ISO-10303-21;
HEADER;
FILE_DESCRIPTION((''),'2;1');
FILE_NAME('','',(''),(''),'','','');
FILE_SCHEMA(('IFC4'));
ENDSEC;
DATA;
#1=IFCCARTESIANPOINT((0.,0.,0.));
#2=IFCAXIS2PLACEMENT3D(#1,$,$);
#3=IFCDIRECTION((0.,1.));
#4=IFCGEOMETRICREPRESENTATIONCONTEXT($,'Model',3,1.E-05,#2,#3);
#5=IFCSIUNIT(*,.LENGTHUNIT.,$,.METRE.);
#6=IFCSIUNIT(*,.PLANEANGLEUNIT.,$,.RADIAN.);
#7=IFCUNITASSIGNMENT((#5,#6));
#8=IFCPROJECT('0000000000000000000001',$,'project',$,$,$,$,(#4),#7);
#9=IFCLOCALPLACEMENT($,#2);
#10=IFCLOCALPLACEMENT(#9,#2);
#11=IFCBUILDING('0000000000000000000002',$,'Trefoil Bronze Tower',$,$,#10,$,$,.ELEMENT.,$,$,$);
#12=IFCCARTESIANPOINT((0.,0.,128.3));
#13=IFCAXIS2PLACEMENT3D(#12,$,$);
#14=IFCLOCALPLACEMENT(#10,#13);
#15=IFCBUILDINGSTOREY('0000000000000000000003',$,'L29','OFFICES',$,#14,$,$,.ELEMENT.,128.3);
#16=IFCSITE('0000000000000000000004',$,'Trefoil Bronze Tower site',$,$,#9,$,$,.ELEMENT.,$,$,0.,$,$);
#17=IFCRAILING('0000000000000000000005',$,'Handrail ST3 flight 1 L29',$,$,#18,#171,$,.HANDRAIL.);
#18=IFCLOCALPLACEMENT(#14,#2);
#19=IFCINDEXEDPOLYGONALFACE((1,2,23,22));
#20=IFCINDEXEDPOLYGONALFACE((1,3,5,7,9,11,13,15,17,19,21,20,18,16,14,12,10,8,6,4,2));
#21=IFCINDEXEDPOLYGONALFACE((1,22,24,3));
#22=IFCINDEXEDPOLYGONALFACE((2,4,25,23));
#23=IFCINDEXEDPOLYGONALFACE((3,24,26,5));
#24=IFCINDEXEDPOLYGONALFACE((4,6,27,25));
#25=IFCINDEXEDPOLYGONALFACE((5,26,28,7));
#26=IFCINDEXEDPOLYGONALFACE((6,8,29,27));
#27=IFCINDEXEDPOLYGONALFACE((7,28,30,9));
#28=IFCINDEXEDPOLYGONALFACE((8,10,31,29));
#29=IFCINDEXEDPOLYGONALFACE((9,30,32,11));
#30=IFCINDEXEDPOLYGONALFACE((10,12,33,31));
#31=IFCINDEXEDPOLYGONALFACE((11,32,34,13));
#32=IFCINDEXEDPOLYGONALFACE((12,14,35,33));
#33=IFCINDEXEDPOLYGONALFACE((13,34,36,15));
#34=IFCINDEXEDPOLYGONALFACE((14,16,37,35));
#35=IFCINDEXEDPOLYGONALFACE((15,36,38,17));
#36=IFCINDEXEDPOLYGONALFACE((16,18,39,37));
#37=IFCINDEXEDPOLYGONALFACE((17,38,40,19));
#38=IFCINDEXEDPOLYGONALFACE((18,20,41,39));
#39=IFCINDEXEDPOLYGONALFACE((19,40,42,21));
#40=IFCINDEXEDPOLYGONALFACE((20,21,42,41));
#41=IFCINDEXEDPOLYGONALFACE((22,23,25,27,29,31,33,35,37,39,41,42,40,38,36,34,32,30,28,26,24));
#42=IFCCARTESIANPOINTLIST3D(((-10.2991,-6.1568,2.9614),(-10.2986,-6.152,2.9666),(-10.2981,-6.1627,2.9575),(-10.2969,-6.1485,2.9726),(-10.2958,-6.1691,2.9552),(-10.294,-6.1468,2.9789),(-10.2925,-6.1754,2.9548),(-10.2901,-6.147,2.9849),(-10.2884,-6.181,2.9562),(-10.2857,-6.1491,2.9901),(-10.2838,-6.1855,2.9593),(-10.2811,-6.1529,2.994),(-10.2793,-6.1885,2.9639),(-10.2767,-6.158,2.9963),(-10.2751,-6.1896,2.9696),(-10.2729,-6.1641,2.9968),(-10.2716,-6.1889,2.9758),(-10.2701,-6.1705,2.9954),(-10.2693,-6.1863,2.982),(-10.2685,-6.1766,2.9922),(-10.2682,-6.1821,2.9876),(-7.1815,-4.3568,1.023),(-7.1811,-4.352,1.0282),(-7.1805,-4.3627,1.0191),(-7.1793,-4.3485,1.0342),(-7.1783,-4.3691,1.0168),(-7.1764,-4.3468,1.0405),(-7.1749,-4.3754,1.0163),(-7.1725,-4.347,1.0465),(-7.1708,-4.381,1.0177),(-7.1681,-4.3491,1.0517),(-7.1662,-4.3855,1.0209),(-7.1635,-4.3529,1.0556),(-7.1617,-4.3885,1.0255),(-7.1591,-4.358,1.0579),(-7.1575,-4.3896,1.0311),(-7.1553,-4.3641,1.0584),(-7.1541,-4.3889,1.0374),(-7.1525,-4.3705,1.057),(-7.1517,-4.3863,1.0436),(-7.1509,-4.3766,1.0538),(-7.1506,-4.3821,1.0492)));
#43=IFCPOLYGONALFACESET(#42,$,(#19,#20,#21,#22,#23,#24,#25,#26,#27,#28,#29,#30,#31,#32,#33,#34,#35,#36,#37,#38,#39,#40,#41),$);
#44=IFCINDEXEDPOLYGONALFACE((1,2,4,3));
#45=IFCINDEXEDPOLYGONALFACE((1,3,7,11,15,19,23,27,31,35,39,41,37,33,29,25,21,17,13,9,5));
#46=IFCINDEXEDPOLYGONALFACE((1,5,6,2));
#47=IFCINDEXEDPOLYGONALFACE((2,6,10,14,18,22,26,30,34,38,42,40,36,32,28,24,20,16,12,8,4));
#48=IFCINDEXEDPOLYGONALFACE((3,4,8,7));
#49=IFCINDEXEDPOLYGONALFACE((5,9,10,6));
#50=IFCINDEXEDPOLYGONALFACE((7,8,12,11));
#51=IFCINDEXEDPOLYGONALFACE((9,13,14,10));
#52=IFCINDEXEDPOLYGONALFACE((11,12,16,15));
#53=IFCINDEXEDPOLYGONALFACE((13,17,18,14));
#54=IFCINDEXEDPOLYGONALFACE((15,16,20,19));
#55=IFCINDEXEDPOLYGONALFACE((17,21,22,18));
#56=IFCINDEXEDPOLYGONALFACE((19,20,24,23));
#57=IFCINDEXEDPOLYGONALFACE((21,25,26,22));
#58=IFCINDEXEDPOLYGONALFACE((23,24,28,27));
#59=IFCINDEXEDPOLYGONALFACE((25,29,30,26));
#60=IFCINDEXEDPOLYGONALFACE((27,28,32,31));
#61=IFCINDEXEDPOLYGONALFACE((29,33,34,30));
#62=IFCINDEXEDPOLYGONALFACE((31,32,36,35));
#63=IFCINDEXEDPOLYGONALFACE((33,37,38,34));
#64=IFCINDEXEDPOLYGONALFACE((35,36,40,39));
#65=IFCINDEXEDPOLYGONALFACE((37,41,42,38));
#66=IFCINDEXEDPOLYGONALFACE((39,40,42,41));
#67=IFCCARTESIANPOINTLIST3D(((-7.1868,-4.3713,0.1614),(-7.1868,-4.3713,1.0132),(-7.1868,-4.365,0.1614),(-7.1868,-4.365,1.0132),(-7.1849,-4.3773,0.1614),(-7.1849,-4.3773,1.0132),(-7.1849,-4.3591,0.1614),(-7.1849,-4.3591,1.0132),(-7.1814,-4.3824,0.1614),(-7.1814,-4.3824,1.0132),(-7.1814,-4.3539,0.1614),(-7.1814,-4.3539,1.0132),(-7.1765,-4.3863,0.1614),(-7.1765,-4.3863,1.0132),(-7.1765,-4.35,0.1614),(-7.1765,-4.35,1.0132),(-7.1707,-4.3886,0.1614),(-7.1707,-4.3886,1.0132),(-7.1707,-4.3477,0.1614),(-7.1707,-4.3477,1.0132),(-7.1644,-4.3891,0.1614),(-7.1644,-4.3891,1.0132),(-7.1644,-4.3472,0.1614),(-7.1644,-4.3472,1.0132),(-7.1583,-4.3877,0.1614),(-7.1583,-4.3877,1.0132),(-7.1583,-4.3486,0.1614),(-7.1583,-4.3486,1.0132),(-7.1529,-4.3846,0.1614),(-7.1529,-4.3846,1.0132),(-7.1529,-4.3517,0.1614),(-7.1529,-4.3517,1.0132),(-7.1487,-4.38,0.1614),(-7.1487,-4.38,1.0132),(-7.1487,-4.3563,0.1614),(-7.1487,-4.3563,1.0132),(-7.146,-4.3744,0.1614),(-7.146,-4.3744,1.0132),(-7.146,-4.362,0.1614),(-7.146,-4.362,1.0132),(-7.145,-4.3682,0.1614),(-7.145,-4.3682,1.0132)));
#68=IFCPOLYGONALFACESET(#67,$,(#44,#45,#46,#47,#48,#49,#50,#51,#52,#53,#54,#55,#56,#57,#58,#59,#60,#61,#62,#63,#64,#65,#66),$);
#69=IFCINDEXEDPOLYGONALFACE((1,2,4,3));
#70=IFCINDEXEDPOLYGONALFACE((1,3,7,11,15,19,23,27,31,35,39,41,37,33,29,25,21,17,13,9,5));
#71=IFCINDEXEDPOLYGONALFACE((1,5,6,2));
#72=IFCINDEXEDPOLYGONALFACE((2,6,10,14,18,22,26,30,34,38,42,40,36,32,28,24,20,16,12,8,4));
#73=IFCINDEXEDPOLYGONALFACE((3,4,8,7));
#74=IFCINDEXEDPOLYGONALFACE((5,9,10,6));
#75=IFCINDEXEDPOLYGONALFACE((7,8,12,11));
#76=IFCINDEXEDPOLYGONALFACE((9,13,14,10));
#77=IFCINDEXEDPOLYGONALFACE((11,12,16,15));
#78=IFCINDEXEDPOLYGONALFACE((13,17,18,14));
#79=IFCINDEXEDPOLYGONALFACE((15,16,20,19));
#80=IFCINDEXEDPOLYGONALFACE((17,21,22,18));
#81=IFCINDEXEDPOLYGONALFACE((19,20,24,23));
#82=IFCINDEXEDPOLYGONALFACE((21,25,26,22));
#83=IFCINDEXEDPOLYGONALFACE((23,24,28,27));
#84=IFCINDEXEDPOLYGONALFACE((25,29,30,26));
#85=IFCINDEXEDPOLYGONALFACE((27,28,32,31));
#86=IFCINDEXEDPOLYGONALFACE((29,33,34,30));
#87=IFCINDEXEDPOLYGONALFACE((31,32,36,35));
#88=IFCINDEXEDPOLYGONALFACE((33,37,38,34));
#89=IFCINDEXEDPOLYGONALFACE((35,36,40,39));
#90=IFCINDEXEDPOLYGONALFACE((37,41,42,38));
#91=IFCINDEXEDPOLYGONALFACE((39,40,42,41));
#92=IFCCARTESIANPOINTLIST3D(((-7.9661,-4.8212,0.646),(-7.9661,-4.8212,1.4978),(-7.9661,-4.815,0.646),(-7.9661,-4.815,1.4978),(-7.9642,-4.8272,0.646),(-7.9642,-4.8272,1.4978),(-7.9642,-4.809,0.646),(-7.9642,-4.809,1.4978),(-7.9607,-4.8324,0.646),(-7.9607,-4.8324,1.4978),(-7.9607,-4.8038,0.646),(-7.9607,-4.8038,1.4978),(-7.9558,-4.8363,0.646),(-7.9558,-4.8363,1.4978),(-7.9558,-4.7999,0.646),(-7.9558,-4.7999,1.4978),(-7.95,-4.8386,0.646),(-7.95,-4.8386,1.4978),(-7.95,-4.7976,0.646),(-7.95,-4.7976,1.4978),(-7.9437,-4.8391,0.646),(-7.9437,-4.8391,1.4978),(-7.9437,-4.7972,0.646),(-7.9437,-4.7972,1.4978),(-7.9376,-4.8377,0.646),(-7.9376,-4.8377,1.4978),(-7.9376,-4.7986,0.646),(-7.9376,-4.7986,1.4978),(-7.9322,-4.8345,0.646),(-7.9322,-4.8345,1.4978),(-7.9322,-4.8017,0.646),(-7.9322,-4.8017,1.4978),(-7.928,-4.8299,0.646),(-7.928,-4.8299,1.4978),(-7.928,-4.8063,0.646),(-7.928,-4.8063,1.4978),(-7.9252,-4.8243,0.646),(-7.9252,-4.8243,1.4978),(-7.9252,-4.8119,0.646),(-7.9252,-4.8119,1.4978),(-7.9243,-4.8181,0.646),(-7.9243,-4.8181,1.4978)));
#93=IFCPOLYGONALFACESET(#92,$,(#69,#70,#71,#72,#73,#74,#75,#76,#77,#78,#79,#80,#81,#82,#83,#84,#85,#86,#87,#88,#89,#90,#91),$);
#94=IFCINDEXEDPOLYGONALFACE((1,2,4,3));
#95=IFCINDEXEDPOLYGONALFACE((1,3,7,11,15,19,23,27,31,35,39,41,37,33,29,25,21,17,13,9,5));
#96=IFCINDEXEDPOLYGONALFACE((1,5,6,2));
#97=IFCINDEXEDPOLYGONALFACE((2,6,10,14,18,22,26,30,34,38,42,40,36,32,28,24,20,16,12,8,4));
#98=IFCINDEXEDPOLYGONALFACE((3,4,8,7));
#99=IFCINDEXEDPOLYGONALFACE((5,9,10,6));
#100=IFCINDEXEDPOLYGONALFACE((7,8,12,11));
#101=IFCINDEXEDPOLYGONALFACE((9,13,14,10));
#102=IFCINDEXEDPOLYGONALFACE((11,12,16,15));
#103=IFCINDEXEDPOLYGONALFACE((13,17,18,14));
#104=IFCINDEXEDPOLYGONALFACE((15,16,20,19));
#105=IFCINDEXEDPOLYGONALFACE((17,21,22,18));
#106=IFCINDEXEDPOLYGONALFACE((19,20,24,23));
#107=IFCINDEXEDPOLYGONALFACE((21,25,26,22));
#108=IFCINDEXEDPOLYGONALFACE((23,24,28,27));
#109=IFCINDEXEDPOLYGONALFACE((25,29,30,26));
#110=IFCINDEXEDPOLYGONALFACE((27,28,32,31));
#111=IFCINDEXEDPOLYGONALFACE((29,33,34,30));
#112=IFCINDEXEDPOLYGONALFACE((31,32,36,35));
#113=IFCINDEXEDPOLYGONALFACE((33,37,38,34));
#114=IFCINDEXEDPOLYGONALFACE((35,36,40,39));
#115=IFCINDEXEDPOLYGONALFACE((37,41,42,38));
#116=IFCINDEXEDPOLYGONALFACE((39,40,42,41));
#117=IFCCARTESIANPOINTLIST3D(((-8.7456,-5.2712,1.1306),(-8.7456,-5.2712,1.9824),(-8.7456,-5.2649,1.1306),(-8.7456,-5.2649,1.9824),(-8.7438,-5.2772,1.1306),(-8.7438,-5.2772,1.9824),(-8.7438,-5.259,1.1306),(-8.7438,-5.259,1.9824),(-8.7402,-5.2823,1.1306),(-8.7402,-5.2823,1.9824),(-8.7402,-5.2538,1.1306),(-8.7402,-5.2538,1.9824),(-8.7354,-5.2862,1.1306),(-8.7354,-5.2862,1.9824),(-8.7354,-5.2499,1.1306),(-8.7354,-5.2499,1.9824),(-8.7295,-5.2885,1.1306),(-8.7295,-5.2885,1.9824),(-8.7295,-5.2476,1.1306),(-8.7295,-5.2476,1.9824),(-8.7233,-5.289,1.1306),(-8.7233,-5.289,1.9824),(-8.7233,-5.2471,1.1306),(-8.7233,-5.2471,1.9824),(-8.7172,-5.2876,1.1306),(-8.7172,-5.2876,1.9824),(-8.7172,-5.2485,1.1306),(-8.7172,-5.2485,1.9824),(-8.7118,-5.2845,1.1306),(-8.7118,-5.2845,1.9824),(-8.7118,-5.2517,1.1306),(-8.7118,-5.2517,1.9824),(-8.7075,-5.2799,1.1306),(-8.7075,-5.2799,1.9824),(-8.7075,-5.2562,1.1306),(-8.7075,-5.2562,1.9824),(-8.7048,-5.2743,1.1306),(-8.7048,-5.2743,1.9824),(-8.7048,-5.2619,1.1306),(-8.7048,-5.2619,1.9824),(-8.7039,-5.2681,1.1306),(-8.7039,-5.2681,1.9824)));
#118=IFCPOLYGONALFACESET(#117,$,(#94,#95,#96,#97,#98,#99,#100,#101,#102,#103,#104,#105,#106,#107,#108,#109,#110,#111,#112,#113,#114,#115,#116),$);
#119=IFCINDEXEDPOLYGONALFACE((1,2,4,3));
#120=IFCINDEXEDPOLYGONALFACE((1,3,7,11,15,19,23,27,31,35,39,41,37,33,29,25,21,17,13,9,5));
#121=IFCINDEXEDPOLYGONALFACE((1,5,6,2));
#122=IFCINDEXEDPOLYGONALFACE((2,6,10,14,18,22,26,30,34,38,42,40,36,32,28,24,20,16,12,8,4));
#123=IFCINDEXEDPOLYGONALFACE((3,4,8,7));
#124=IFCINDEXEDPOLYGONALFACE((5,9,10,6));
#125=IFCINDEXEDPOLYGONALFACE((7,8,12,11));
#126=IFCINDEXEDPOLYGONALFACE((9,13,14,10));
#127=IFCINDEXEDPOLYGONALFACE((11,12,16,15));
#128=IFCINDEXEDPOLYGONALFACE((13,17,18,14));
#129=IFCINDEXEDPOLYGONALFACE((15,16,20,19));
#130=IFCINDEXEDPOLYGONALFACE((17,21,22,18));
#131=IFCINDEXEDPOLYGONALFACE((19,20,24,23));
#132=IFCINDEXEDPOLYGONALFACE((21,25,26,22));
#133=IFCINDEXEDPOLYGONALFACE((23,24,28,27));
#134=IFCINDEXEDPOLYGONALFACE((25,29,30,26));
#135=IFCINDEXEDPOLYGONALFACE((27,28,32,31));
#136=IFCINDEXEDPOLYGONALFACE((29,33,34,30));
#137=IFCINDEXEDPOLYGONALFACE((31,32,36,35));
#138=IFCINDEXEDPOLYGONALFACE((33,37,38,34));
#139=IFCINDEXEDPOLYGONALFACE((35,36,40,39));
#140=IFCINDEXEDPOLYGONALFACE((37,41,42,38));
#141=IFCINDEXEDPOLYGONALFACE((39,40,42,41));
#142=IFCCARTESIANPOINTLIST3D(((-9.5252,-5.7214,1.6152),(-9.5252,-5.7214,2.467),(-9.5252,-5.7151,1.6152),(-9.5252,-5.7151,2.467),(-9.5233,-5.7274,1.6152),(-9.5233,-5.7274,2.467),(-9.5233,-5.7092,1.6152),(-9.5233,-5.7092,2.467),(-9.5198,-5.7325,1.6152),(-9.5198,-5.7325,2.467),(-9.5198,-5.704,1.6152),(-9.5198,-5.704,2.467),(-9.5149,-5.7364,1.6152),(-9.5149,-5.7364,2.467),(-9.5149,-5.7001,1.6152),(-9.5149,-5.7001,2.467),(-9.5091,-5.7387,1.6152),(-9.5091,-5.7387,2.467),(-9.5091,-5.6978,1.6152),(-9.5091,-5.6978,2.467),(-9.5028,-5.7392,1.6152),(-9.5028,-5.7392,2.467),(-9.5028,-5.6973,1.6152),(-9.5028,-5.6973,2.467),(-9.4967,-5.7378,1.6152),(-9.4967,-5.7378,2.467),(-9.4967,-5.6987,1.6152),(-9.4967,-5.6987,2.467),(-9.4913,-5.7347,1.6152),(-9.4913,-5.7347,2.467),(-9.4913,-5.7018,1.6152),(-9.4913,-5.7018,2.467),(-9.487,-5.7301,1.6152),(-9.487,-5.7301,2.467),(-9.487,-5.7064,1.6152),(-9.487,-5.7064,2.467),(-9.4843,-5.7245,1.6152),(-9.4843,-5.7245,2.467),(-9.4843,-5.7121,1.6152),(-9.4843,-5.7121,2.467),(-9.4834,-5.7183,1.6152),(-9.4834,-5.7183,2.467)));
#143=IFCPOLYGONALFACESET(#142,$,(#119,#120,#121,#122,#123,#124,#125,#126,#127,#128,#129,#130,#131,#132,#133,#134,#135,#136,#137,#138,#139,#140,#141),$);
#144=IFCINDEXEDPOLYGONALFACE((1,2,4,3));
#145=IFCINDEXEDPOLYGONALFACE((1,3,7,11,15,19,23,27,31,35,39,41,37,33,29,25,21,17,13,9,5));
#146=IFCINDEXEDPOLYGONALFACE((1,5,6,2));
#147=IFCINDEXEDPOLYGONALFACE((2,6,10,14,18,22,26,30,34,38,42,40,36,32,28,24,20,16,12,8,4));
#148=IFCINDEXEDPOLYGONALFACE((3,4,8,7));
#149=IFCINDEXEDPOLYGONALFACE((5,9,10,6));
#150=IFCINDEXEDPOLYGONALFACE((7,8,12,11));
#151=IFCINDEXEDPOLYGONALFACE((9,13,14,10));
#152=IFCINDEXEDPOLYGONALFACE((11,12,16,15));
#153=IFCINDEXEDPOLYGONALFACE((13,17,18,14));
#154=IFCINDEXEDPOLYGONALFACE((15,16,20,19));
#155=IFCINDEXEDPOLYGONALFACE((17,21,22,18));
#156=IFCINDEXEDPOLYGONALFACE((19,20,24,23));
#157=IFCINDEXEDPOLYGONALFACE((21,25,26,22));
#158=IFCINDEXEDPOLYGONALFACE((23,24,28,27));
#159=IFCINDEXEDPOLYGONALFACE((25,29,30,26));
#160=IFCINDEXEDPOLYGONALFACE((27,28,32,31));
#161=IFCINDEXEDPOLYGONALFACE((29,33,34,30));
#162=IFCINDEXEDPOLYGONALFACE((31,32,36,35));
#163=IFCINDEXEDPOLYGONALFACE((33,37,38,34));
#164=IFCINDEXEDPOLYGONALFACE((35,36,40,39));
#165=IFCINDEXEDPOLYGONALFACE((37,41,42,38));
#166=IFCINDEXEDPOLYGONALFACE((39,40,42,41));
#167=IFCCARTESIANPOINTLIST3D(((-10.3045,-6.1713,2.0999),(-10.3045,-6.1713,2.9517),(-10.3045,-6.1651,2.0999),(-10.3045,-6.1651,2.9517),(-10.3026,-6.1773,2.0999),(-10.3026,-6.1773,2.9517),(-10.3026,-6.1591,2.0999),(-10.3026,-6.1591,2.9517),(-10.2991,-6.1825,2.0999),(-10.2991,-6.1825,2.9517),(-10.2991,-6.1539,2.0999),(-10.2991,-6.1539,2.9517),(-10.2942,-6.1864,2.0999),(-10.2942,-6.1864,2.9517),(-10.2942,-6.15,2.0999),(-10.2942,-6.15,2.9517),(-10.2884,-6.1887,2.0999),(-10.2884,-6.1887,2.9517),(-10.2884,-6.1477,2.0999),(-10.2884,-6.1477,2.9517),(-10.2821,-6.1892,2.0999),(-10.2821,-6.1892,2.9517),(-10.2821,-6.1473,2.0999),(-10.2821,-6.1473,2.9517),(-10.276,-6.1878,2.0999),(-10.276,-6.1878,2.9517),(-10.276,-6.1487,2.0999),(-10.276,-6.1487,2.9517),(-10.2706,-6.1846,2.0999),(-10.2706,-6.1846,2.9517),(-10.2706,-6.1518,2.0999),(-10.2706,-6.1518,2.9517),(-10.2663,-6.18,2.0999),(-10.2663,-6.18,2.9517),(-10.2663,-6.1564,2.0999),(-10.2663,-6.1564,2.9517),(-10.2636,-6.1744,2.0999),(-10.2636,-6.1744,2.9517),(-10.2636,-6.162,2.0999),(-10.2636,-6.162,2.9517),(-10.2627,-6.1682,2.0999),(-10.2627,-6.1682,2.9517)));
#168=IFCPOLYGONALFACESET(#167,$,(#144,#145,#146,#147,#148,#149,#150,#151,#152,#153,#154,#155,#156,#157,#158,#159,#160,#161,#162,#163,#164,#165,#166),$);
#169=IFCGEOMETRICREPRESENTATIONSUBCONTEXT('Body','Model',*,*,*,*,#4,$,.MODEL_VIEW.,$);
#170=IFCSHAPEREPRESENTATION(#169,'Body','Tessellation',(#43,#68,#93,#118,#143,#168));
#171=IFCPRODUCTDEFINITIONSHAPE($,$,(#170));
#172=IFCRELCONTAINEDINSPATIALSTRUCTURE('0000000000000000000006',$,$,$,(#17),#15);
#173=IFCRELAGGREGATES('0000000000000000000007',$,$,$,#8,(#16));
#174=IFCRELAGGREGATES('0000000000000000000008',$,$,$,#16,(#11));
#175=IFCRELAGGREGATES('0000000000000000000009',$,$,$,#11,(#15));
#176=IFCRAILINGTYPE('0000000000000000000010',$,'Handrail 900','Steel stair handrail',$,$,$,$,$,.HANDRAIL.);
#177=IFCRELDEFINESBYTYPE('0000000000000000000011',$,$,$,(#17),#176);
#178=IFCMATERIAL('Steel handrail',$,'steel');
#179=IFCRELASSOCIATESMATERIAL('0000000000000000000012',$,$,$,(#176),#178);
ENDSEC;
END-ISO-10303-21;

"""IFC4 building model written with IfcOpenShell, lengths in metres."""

from ifc_helpers import new_model, si_unit, direction, frame, origin, origin_2d, place, context, subcontext, project, spatial, circle, extrude, material, type_object, element, save


model = new_model("IFC4")

# Units and contexts
model_context = context("Model", 3, precision=1e-05, world=origin(), true_north=direction((0.0, 1.0)))
body_context = subcontext(model_context, "Body", "Model", "MODEL_VIEW")
ifc_project = project(units=[si_unit("LENGTHUNIT", "METRE"), si_unit("PLANEANGLEUNIT", "RADIAN")], contexts=[model_context])

# Site, building, storey
site_placement = place(None, origin())
site = spatial("IfcSite", under=ifc_project, at=site_placement, Name="Trefoil Bronze Tower site", CompositionType="ELEMENT", RefElevation=0.0)
building_placement = place(site_placement, origin())
building = spatial("IfcBuilding", under=site, at=building_placement, Name="Trefoil Bronze Tower", CompositionType="ELEMENT")
storey_placement = place(building_placement, frame((0.0, 0.0, 128.3)))
storey = spatial("IfcBuildingStorey", under=building, at=storey_placement, Name="L29", Description="OFFICES", CompositionType="ELEMENT", Elevation=128.3)

# Railing
ifc_material_1 = material(Name="Steel handrail", Category="steel")
railing_type = type_object("IfcRailingType", Name="Handrail 900", Description="Steel stair handrail", PredefinedType="HANDRAIL", material=ifc_material_1)
railing_1_placement = place(storey_placement, frame((-7.166, -4.3682, 0.1614)))
element("IfcRailing", 1, at=railing_1_placement, inside=storey, type_object=railing_type, Name="Handrail ST3 flight 1 L29", PredefinedType="HANDRAIL", context=body_context, shape_type="SweptSolid", body=[
    extrude(circle(Radius=0.0239, at=origin_2d()), frame((0.0, 0.0, 0.876), z_axis=(-0.762503, -0.440246, 0.474102), x_axis=(0.500012, -0.866018, 0.0)), (0.0, 0.0, 1.0), 4.0886),
    extrude(circle(Radius=0.021, at=origin_2d()), origin(), (0.0, 0.0, 1.0), 0.8518),
    extrude(circle(Radius=0.021, at=origin_2d()), frame((-0.7793, -0.45, 0.4846)), (0.0, 0.0, 1.0), 0.8518),
    extrude(circle(Radius=0.021, at=origin_2d()), frame((-1.5588, -0.8999, 0.9692)), (0.0, 0.0, 1.0), 0.8518),
    extrude(circle(Radius=0.021, at=origin_2d()), frame((-2.3384, -1.3501, 1.4539)), (0.0, 0.0, 1.0), 0.8518),
    extrude(circle(Radius=0.021, at=origin_2d()), frame((-3.1177, -1.8, 1.9385)), (0.0, 0.0, 1.0), 0.8518),
])

save(model, "model.ifc")
